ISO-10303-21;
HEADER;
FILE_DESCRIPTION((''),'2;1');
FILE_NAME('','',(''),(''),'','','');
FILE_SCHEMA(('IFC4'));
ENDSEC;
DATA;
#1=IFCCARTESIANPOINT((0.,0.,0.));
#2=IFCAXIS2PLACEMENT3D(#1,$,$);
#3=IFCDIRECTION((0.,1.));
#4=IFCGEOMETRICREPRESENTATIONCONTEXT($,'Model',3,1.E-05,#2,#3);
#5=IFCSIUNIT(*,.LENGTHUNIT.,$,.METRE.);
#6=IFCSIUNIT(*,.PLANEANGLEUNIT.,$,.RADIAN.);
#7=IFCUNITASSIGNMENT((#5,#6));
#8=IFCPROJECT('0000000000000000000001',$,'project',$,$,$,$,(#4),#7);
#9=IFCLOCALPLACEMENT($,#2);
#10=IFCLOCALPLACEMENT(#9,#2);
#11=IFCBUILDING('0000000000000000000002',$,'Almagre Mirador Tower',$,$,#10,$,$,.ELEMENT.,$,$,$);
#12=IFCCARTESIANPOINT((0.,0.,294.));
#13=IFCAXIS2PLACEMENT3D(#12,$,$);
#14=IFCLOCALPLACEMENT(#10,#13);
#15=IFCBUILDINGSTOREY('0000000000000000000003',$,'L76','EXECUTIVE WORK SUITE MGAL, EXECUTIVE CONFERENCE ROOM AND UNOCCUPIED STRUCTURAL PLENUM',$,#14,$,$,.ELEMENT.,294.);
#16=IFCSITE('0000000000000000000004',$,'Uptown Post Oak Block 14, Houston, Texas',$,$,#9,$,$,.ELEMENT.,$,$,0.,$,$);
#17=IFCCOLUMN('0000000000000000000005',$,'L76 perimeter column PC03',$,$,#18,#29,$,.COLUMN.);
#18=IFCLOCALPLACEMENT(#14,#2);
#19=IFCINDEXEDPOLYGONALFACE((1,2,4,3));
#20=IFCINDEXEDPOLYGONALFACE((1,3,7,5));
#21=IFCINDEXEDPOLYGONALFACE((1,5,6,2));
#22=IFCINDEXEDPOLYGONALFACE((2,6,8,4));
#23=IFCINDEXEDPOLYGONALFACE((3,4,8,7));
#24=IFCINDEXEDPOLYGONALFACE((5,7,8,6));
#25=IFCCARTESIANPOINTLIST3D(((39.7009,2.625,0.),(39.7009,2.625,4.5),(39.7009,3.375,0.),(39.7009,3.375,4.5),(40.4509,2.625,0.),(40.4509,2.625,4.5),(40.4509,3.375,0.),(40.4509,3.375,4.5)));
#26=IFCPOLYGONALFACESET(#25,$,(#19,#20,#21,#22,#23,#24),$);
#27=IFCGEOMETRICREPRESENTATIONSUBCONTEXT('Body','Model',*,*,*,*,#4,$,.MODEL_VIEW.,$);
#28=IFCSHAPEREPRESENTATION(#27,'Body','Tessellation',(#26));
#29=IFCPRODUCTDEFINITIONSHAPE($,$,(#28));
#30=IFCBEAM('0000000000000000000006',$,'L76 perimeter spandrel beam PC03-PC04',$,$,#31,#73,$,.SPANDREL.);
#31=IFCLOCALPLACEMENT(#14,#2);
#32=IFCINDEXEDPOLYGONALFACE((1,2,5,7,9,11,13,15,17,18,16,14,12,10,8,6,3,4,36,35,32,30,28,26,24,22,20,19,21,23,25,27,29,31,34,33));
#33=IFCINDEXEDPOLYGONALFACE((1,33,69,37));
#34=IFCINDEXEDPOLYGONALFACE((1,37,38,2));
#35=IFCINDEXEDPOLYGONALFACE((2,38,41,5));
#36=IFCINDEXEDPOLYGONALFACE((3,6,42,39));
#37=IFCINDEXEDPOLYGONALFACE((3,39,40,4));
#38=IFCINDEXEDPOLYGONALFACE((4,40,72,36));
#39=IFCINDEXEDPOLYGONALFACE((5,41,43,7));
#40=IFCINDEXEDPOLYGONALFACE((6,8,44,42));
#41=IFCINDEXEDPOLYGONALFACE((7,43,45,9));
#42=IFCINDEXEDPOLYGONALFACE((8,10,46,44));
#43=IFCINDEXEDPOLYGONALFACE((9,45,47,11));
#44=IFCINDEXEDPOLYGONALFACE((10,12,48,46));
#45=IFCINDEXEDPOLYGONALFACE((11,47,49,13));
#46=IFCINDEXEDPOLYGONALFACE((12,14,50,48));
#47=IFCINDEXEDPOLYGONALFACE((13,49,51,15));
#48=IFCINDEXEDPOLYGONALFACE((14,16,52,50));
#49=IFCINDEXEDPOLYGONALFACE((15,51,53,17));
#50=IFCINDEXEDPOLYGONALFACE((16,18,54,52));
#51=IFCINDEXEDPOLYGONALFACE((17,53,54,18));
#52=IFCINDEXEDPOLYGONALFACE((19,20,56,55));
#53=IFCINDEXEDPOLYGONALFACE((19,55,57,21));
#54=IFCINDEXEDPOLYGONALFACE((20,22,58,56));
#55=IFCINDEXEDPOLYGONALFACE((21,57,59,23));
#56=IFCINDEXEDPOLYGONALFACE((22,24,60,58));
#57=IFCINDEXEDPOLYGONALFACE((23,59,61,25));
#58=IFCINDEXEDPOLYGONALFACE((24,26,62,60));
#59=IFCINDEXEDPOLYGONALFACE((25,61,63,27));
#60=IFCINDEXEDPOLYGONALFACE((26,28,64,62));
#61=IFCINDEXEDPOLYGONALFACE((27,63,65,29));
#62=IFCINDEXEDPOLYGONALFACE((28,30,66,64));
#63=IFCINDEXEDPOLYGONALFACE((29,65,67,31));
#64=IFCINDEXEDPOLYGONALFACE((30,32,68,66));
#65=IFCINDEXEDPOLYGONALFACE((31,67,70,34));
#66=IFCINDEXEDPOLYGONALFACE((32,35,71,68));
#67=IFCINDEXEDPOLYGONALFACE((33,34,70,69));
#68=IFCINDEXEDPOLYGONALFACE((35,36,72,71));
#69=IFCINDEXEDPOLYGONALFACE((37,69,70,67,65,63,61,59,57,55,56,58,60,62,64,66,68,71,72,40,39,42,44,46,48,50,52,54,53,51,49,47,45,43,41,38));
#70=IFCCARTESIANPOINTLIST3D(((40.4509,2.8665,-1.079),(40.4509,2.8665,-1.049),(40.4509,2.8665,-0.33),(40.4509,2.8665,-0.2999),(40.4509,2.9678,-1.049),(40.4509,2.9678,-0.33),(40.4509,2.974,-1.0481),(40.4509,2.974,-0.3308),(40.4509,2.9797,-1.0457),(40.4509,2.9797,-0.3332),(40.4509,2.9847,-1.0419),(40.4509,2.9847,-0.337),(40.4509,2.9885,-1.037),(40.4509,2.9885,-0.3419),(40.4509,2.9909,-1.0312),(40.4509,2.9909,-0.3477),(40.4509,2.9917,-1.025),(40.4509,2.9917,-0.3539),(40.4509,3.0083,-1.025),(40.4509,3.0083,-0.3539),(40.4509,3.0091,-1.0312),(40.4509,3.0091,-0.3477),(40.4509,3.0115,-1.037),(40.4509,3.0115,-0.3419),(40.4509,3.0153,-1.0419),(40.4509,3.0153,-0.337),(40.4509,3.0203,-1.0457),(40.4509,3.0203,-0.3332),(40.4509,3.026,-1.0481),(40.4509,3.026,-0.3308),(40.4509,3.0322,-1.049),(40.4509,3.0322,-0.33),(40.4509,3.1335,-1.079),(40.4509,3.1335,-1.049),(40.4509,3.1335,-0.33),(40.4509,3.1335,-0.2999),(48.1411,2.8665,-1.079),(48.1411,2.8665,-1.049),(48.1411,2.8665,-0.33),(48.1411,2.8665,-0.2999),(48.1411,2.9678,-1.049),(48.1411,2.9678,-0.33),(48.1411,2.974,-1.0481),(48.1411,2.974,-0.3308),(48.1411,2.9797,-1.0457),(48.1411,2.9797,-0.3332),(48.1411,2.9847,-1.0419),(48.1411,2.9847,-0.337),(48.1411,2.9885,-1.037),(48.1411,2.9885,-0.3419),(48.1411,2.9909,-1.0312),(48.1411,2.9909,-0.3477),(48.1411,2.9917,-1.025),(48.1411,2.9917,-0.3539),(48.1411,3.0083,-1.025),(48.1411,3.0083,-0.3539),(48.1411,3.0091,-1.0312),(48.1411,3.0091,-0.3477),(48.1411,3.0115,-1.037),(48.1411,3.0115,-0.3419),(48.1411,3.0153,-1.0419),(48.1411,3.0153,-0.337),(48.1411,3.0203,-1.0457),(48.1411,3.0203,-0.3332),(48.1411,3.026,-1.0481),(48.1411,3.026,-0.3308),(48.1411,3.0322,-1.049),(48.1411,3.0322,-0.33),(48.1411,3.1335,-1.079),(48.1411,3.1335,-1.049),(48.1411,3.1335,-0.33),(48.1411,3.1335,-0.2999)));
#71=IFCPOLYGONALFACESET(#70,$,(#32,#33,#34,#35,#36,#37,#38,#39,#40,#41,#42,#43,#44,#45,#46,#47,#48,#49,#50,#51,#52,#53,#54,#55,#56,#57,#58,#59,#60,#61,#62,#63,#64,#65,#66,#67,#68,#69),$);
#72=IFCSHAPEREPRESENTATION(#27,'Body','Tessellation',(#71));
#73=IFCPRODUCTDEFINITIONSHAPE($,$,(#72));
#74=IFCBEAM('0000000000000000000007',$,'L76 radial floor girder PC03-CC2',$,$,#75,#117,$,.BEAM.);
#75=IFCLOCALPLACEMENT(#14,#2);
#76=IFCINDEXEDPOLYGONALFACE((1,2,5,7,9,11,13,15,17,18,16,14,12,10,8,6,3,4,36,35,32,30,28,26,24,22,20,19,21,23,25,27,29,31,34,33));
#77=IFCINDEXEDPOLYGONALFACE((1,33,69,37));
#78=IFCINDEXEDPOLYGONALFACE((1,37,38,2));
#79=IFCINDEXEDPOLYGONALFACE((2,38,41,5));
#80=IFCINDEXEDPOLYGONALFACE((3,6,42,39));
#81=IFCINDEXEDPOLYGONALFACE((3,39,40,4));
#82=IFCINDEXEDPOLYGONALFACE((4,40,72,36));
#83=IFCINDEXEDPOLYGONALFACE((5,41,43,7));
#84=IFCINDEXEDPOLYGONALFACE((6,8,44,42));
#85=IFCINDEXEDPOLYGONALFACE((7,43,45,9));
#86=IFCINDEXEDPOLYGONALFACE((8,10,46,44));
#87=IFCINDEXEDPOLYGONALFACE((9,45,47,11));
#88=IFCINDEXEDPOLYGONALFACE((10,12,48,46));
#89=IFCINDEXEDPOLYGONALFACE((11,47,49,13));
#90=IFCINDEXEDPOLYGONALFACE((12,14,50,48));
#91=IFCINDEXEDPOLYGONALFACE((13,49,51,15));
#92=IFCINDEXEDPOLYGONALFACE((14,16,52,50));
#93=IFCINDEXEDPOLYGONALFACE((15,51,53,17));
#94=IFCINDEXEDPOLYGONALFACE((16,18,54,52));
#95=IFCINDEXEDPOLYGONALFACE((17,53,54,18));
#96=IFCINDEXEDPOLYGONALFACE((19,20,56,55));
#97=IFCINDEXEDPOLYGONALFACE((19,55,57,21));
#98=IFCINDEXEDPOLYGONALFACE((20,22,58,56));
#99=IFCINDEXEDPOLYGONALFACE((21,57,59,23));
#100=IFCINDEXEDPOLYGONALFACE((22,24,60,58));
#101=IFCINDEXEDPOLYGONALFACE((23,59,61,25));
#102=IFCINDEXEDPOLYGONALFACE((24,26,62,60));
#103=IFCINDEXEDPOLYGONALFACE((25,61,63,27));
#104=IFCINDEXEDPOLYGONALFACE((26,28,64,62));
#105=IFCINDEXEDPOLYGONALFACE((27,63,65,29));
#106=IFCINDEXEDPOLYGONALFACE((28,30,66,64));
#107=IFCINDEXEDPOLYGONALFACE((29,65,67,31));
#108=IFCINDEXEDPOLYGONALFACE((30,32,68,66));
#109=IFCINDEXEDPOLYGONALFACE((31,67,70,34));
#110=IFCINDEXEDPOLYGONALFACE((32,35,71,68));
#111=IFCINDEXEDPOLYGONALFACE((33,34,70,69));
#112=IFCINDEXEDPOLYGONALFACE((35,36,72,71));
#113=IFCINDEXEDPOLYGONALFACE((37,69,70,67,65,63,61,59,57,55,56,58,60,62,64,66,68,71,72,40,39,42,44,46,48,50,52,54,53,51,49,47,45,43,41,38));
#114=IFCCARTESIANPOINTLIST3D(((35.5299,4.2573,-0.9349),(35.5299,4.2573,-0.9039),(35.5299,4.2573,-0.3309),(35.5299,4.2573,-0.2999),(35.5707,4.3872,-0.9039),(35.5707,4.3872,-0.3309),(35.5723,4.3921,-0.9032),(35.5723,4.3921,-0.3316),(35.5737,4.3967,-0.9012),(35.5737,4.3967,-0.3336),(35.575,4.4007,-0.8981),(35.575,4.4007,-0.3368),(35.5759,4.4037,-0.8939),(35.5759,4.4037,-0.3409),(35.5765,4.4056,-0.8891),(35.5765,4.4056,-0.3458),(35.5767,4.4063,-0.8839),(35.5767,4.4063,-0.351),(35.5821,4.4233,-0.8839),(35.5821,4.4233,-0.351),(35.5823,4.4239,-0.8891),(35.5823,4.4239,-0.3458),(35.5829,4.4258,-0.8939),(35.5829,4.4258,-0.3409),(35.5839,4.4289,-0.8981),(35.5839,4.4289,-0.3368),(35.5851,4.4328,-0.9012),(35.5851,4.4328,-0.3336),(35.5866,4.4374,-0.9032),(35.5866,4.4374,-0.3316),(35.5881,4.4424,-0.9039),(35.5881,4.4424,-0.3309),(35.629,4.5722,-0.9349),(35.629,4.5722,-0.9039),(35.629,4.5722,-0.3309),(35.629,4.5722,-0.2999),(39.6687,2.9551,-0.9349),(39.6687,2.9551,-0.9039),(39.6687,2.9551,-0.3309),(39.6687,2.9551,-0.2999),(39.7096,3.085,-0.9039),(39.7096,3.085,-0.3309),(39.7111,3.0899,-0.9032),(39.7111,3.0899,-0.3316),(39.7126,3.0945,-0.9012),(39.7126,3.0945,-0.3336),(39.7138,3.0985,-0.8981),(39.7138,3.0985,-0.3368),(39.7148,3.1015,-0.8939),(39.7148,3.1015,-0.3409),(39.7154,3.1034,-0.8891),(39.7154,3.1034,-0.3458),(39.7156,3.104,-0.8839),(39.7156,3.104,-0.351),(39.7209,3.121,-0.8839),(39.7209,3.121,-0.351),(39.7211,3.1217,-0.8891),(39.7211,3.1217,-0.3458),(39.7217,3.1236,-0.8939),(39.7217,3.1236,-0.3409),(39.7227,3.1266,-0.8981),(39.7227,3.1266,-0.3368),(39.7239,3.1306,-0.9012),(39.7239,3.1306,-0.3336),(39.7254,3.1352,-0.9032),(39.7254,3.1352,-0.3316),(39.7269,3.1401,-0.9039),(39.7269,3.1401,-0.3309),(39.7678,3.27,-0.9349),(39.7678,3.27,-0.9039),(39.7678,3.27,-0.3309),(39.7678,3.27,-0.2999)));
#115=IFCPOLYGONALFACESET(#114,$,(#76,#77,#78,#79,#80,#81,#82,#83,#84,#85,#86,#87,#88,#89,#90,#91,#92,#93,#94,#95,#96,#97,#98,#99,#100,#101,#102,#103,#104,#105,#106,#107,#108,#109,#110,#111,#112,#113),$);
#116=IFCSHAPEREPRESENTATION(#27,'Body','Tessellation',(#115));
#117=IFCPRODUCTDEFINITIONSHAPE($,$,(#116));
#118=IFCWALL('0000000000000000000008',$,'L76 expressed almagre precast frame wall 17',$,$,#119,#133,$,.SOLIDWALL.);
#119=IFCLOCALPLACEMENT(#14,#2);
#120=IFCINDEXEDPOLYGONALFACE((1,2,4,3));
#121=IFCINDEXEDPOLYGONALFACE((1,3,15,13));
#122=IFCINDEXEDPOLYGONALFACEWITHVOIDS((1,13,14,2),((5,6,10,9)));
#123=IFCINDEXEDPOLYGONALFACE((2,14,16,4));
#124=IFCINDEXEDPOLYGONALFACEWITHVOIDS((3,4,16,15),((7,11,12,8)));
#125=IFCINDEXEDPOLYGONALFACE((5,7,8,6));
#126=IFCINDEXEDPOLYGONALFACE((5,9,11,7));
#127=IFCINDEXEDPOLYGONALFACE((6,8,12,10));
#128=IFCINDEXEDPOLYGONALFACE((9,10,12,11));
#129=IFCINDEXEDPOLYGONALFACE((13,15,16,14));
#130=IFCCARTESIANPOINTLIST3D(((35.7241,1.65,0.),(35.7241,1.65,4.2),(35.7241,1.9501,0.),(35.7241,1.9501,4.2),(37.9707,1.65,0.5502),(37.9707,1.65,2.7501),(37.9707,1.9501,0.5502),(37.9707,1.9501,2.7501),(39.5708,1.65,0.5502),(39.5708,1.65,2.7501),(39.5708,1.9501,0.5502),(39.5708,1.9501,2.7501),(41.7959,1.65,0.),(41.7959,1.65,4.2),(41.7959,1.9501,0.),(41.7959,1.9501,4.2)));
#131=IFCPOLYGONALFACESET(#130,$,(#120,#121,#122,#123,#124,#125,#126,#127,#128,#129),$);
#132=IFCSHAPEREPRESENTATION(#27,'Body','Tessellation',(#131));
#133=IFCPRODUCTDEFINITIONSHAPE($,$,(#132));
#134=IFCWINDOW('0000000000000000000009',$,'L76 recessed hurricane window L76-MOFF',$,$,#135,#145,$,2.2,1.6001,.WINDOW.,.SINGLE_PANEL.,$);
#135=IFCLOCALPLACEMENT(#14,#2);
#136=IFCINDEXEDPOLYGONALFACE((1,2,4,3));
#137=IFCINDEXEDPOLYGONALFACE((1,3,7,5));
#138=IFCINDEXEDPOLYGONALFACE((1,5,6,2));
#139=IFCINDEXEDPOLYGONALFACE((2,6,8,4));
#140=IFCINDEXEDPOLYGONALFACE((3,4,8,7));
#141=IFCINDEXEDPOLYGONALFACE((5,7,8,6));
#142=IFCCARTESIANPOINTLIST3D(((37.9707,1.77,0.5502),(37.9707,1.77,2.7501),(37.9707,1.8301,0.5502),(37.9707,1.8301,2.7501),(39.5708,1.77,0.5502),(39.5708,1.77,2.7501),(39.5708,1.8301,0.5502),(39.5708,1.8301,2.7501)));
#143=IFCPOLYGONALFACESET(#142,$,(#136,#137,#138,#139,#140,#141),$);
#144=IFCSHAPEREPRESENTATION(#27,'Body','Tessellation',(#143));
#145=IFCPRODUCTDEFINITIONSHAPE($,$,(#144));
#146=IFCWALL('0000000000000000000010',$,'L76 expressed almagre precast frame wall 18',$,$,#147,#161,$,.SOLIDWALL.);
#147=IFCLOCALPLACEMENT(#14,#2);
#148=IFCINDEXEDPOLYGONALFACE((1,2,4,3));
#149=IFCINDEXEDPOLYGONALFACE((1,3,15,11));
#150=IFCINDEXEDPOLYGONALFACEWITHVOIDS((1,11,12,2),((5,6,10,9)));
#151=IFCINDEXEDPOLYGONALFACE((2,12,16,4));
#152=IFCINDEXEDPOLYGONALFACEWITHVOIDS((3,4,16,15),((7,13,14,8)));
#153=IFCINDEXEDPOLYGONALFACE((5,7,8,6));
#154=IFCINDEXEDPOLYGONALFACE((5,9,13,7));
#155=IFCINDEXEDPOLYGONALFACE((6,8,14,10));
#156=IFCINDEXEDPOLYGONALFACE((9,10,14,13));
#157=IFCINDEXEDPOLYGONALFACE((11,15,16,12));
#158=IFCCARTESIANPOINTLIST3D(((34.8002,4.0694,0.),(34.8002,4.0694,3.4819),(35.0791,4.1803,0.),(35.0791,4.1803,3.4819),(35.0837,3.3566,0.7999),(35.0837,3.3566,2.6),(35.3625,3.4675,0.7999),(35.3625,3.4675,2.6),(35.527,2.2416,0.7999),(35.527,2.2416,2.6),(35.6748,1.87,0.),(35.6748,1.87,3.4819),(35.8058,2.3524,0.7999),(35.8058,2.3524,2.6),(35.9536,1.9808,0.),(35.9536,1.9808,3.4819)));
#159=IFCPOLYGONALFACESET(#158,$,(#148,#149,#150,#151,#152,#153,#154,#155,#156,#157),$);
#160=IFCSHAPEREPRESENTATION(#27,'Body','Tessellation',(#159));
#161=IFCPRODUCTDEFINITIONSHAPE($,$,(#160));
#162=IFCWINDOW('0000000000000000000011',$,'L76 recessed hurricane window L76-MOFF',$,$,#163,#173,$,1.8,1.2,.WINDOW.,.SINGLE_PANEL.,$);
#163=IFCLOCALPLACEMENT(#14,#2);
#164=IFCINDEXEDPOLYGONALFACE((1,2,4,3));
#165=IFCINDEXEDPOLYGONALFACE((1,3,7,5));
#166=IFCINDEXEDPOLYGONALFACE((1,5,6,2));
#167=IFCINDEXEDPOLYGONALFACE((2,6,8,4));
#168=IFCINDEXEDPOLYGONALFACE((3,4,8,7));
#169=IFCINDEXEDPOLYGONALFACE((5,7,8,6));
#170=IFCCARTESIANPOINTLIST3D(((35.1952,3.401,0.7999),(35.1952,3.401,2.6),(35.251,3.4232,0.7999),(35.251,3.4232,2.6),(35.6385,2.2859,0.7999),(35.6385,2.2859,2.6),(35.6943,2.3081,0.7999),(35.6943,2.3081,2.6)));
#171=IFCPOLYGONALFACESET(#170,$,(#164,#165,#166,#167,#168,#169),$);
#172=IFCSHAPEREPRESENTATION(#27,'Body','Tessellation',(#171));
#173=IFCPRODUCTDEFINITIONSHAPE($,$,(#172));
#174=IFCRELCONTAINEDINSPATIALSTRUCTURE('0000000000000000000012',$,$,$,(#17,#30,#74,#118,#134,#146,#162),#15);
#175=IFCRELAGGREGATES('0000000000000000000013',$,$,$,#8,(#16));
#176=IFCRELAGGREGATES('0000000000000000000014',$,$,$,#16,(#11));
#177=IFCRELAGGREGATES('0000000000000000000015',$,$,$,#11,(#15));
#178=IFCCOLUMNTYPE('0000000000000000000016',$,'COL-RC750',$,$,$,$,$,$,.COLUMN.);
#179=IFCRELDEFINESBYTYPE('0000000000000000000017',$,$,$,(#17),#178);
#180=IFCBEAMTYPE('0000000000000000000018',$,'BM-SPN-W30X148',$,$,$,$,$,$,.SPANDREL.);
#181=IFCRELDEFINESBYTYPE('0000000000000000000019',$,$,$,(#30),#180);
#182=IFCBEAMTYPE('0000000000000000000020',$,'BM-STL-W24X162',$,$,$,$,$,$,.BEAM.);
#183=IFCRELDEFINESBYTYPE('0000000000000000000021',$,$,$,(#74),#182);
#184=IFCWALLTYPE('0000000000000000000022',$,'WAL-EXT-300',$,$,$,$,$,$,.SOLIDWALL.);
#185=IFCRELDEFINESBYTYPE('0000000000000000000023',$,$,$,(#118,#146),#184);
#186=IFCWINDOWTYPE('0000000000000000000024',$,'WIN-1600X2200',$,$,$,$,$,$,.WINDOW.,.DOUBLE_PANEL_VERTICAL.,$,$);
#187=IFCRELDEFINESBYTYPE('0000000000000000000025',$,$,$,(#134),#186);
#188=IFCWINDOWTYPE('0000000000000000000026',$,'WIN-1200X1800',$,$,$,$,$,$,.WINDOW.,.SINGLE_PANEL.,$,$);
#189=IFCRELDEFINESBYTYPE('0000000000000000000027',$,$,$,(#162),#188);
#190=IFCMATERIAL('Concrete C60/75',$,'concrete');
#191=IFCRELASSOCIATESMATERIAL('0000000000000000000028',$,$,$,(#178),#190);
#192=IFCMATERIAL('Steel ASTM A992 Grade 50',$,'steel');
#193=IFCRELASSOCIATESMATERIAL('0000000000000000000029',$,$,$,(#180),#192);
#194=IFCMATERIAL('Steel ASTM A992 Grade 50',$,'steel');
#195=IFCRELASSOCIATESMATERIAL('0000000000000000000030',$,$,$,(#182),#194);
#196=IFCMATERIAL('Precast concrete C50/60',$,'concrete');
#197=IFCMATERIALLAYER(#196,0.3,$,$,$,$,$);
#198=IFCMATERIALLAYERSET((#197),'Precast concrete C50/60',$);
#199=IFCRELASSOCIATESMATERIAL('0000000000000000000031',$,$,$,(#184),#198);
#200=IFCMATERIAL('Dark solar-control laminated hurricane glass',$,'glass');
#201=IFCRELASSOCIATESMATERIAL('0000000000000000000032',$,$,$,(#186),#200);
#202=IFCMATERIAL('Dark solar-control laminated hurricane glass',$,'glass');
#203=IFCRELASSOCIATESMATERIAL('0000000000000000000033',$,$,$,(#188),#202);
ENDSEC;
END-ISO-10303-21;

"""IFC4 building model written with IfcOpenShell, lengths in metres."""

from ifc_helpers import new_model, si_unit, direction, frame, frame_2d, origin, origin_2d, place, context, subcontext, project, spatial, rectangle, i_section, extrude, material, layer, layer_set, material_profile, profile_set, type_object, element, fill, save


model = new_model("IFC4")

# Units and contexts
model_context = context("Model", 3, precision=1e-05, world=origin(), true_north=direction((0.0, 1.0)))
body_context = subcontext(model_context, "Body", "Model", "MODEL_VIEW")
ifc_project = project(units=[si_unit("LENGTHUNIT", "METRE"), si_unit("PLANEANGLEUNIT", "RADIAN")], contexts=[model_context])

# Site, building, storey
site_placement = place(None, origin())
site = spatial("IfcSite", under=ifc_project, at=site_placement, Name="Uptown Post Oak Block 14, Houston, Texas", CompositionType="ELEMENT", RefElevation=0.0)
building_placement = place(site_placement, origin())
building = spatial("IfcBuilding", under=site, at=building_placement, Name="Almagre Mirador Tower", CompositionType="ELEMENT")
storey_placement = place(building_placement, frame((0.0, 0.0, 294.0)))
storey = spatial("IfcBuildingStorey", under=building, at=storey_placement, Name="L76", Description="EXECUTIVE WORK SUITE MGAL, EXECUTIVE CONFERENCE ROOM AND UNOCCUPIED STRUCTURAL PLENUM", CompositionType="ELEMENT", Elevation=294.0)

# Column
ifc_material_1 = material(Name="Concrete C60/75", Category="concrete")
ifc_material_profile_1 = material_profile(ifc_material_1, rectangle(XDim=0.75, YDim=0.75, at=origin_2d()), Name="RC750X750")
ifc_profile_set_1 = profile_set([ifc_material_profile_1], Name="Concrete C60/75")
column_type = type_object("IfcColumnType", Name="COL-RC750", PredefinedType="COLUMN", material=ifc_profile_set_1)
column_placement = place(storey_placement, frame((40.0759, 3.0, 0.0), z_axis=(0.0, 0.0, 1.0), x_axis=(1.0, 0.0, 0.0)))
element("IfcColumn", 1, at=column_placement, inside=storey, type_object=column_type, Name="L76 perimeter column PC03", PredefinedType="COLUMN", context=body_context, shape_type="SweptSolid", body=[
    extrude(rectangle(XDim=0.75, YDim=0.75, at=origin_2d()), origin(), (0.0, 0.0, 1.0), 4.5),
])

# Beams
ifc_material_2 = material(Name="Steel ASTM A992 Grade 50", Category="steel")
ifc_material_profile_2 = material_profile(ifc_material_2, i_section(OverallWidth=0.2671, OverallDepth=0.7791, WebThickness=0.0166, FlangeThickness=0.03, FilletRadius=0.0239, at=origin_2d()), Name="W30X148")
ifc_profile_set_2 = profile_set([ifc_material_profile_2], Name="Steel ASTM A992 Grade 50")
beam_type_1 = type_object("IfcBeamType", Name="BM-SPN-W30X148", PredefinedType="SPANDREL", material=ifc_profile_set_2)
beam_1_placement = place(storey_placement, frame((40.4509, 3.0, -0.6895), z_axis=(1.0, 0.0, 0.0), x_axis=(0.0, 1.0, 0.0)))
element("IfcBeam", 2, at=beam_1_placement, inside=storey, type_object=beam_type_1, Name="L76 perimeter spandrel beam PC03-PC04", PredefinedType="SPANDREL", context=body_context, shape_type="SweptSolid", body=[
    extrude(i_section(OverallWidth=0.2671, OverallDepth=0.7791, WebThickness=0.0166, FlangeThickness=0.03, FilletRadius=0.0239, at=origin_2d()), origin(), (0.0, 0.0, 1.0), 7.6902),
])
ifc_material_3 = material(Name="Steel ASTM A992 Grade 50", Category="steel")
ifc_material_profile_3 = material_profile(ifc_material_3, i_section(OverallWidth=0.3301, OverallDepth=0.635, WebThickness=0.0178, FlangeThickness=0.031, FilletRadius=0.02, at=origin_2d()), Name="W24X162")
ifc_profile_set_3 = profile_set([ifc_material_profile_3], Name="Steel ASTM A992 Grade 50")
beam_type_2 = type_object("IfcBeamType", Name="BM-STL-W24X162", PredefinedType="BEAM", material=ifc_profile_set_3)
beam_2_placement = place(storey_placement, frame((39.7183, 3.1125, -0.6174), z_axis=(-0.953898, 0.300129, 0.0), x_axis=(-0.300129, -0.953898, 0.0)))
element("IfcBeam", 3, at=beam_2_placement, inside=storey, type_object=beam_type_2, Name="L76 radial floor girder PC03-CC2", PredefinedType="BEAM", context=body_context, shape_type="SweptSolid", body=[
    extrude(i_section(OverallWidth=0.3301, OverallDepth=0.635, WebThickness=0.0178, FlangeThickness=0.031, FilletRadius=0.02, at=origin_2d()), origin(), (0.0, 0.0, 1.0), 4.3389),
])

# Walls, openings, windows
ifc_material_4 = material(Name="Precast concrete C50/60", Category="concrete")
ifc_layer_1 = layer(ifc_material_4, 0.3)
ifc_layer_set_1 = layer_set([ifc_layer_1], Name="Precast concrete C50/60")
wall_type_1 = type_object("IfcWallType", Name="WAL-EXT-300", PredefinedType="SOLIDWALL", material=ifc_layer_set_1)
wall_1_placement = place(storey_placement, frame((41.7959, 1.8, 0.0), z_axis=(0.0, 0.0, 1.0), x_axis=(-1.0, 0.0, 0.0)))
wall_1 = element("IfcWall", 4, at=wall_1_placement, inside=storey, type_object=wall_type_1, Name="L76 expressed almagre precast frame wall 17", PredefinedType="SOLIDWALL", context=body_context, shape_type="SweptSolid", body=[
    extrude(rectangle(XDim=6.0718, YDim=0.3, at=frame_2d((3.0359, 0.0))), origin(), (0.0, 0.0, 1.0), 4.2),
])
opening_1_placement = place(wall_1_placement, frame((2.2251, 0.0, 0.55)))
opening_1 = element("IfcOpeningElement", 5, at=opening_1_placement, cuts=wall_1, PredefinedType="OPENING", context=body_context, shape_type="SweptSolid", body=[
    extrude(rectangle(XDim=1.6001, YDim=2.2, at=frame_2d((0.8, 1.1001))), frame((0.0, 0.1599, 0.0), z_axis=(0.0, -1.0, 0.0), x_axis=(1.0, 0.0, 0.0)), (0.0, 0.0, 1.0), 0.32),
])
ifc_material_5 = material(Name="Dark solar-control laminated hurricane glass", Category="glass")
window_type_1 = type_object("IfcWindowType", Name="WIN-1600X2200", PartitioningType="DOUBLE_PANEL_VERTICAL", PredefinedType="WINDOW", material=ifc_material_5)
window_1_placement = place(opening_1_placement, origin())
window_1 = element("IfcWindow", 6, at=window_1_placement, inside=storey, type_object=window_type_1, Name="L76 recessed hurricane window L76-MOFF", OverallHeight=2.2, OverallWidth=1.6001, PartitioningType="SINGLE_PANEL", PredefinedType="WINDOW", context=body_context, shape_type="SweptSolid", body=[
    extrude(rectangle(XDim=1.6001, YDim=2.2, at=frame_2d((0.8, 1.1001))), frame((0.0, 0.03, 0.0), z_axis=(0.0, -1.0, 0.0), x_axis=(1.0, 0.0, 0.0)), (0.0, 0.0, 1.0), 0.0601),
])
fill(opening_1, window_1)
wall_2_placement = place(storey_placement, frame((35.8142, 1.9253, 0.0), z_axis=(0.0, 0.0, 1.0), x_axis=(-0.369469, 0.929243, 0.0)))
wall_2 = element("IfcWall", 7, at=wall_2_placement, inside=storey, type_object=wall_type_1, Name="L76 expressed almagre precast frame wall 18", PredefinedType="SOLIDWALL", context=body_context, shape_type="SweptSolid", body=[
    extrude(rectangle(XDim=2.3669, YDim=0.3, at=frame_2d((1.1836, 0.0))), origin(), (0.0, 0.0, 1.0), 3.4819),
])
opening_2_placement = place(wall_2_placement, frame((0.3999, 0.0, 0.8)))
opening_2 = element("IfcOpeningElement", 8, at=opening_2_placement, cuts=wall_2, PredefinedType="OPENING", context=body_context, shape_type="SweptSolid", body=[
    extrude(rectangle(XDim=1.2, YDim=1.8, at=frame_2d((0.6001, 0.8999))), frame((0.0, 0.1599, 0.0), z_axis=(0.0, -1.0, 0.0), x_axis=(1.0, 0.0, 0.0)), (0.0, 0.0, 1.0), 0.32),
])
ifc_material_6 = material(Name="Dark solar-control laminated hurricane glass", Category="glass")
window_type_2 = type_object("IfcWindowType", Name="WIN-1200X1800", PartitioningType="SINGLE_PANEL", PredefinedType="WINDOW", material=ifc_material_6)
window_2_placement = place(opening_2_placement, origin())
window_2 = element("IfcWindow", 9, at=window_2_placement, inside=storey, type_object=window_type_2, Name="L76 recessed hurricane window L76-MOFF", OverallHeight=1.8, OverallWidth=1.2, PartitioningType="SINGLE_PANEL", PredefinedType="WINDOW", context=body_context, shape_type="SweptSolid", body=[
    extrude(rectangle(XDim=1.2, YDim=1.8, at=frame_2d((0.6001, 0.8999))), frame((0.0, 0.03, 0.0), z_axis=(0.0, -1.0, 0.0), x_axis=(1.0, 0.0, 0.0)), (0.0, 0.0, 1.0), 0.0601),
])
fill(opening_2, window_2)

save(model, "model.ifc")
